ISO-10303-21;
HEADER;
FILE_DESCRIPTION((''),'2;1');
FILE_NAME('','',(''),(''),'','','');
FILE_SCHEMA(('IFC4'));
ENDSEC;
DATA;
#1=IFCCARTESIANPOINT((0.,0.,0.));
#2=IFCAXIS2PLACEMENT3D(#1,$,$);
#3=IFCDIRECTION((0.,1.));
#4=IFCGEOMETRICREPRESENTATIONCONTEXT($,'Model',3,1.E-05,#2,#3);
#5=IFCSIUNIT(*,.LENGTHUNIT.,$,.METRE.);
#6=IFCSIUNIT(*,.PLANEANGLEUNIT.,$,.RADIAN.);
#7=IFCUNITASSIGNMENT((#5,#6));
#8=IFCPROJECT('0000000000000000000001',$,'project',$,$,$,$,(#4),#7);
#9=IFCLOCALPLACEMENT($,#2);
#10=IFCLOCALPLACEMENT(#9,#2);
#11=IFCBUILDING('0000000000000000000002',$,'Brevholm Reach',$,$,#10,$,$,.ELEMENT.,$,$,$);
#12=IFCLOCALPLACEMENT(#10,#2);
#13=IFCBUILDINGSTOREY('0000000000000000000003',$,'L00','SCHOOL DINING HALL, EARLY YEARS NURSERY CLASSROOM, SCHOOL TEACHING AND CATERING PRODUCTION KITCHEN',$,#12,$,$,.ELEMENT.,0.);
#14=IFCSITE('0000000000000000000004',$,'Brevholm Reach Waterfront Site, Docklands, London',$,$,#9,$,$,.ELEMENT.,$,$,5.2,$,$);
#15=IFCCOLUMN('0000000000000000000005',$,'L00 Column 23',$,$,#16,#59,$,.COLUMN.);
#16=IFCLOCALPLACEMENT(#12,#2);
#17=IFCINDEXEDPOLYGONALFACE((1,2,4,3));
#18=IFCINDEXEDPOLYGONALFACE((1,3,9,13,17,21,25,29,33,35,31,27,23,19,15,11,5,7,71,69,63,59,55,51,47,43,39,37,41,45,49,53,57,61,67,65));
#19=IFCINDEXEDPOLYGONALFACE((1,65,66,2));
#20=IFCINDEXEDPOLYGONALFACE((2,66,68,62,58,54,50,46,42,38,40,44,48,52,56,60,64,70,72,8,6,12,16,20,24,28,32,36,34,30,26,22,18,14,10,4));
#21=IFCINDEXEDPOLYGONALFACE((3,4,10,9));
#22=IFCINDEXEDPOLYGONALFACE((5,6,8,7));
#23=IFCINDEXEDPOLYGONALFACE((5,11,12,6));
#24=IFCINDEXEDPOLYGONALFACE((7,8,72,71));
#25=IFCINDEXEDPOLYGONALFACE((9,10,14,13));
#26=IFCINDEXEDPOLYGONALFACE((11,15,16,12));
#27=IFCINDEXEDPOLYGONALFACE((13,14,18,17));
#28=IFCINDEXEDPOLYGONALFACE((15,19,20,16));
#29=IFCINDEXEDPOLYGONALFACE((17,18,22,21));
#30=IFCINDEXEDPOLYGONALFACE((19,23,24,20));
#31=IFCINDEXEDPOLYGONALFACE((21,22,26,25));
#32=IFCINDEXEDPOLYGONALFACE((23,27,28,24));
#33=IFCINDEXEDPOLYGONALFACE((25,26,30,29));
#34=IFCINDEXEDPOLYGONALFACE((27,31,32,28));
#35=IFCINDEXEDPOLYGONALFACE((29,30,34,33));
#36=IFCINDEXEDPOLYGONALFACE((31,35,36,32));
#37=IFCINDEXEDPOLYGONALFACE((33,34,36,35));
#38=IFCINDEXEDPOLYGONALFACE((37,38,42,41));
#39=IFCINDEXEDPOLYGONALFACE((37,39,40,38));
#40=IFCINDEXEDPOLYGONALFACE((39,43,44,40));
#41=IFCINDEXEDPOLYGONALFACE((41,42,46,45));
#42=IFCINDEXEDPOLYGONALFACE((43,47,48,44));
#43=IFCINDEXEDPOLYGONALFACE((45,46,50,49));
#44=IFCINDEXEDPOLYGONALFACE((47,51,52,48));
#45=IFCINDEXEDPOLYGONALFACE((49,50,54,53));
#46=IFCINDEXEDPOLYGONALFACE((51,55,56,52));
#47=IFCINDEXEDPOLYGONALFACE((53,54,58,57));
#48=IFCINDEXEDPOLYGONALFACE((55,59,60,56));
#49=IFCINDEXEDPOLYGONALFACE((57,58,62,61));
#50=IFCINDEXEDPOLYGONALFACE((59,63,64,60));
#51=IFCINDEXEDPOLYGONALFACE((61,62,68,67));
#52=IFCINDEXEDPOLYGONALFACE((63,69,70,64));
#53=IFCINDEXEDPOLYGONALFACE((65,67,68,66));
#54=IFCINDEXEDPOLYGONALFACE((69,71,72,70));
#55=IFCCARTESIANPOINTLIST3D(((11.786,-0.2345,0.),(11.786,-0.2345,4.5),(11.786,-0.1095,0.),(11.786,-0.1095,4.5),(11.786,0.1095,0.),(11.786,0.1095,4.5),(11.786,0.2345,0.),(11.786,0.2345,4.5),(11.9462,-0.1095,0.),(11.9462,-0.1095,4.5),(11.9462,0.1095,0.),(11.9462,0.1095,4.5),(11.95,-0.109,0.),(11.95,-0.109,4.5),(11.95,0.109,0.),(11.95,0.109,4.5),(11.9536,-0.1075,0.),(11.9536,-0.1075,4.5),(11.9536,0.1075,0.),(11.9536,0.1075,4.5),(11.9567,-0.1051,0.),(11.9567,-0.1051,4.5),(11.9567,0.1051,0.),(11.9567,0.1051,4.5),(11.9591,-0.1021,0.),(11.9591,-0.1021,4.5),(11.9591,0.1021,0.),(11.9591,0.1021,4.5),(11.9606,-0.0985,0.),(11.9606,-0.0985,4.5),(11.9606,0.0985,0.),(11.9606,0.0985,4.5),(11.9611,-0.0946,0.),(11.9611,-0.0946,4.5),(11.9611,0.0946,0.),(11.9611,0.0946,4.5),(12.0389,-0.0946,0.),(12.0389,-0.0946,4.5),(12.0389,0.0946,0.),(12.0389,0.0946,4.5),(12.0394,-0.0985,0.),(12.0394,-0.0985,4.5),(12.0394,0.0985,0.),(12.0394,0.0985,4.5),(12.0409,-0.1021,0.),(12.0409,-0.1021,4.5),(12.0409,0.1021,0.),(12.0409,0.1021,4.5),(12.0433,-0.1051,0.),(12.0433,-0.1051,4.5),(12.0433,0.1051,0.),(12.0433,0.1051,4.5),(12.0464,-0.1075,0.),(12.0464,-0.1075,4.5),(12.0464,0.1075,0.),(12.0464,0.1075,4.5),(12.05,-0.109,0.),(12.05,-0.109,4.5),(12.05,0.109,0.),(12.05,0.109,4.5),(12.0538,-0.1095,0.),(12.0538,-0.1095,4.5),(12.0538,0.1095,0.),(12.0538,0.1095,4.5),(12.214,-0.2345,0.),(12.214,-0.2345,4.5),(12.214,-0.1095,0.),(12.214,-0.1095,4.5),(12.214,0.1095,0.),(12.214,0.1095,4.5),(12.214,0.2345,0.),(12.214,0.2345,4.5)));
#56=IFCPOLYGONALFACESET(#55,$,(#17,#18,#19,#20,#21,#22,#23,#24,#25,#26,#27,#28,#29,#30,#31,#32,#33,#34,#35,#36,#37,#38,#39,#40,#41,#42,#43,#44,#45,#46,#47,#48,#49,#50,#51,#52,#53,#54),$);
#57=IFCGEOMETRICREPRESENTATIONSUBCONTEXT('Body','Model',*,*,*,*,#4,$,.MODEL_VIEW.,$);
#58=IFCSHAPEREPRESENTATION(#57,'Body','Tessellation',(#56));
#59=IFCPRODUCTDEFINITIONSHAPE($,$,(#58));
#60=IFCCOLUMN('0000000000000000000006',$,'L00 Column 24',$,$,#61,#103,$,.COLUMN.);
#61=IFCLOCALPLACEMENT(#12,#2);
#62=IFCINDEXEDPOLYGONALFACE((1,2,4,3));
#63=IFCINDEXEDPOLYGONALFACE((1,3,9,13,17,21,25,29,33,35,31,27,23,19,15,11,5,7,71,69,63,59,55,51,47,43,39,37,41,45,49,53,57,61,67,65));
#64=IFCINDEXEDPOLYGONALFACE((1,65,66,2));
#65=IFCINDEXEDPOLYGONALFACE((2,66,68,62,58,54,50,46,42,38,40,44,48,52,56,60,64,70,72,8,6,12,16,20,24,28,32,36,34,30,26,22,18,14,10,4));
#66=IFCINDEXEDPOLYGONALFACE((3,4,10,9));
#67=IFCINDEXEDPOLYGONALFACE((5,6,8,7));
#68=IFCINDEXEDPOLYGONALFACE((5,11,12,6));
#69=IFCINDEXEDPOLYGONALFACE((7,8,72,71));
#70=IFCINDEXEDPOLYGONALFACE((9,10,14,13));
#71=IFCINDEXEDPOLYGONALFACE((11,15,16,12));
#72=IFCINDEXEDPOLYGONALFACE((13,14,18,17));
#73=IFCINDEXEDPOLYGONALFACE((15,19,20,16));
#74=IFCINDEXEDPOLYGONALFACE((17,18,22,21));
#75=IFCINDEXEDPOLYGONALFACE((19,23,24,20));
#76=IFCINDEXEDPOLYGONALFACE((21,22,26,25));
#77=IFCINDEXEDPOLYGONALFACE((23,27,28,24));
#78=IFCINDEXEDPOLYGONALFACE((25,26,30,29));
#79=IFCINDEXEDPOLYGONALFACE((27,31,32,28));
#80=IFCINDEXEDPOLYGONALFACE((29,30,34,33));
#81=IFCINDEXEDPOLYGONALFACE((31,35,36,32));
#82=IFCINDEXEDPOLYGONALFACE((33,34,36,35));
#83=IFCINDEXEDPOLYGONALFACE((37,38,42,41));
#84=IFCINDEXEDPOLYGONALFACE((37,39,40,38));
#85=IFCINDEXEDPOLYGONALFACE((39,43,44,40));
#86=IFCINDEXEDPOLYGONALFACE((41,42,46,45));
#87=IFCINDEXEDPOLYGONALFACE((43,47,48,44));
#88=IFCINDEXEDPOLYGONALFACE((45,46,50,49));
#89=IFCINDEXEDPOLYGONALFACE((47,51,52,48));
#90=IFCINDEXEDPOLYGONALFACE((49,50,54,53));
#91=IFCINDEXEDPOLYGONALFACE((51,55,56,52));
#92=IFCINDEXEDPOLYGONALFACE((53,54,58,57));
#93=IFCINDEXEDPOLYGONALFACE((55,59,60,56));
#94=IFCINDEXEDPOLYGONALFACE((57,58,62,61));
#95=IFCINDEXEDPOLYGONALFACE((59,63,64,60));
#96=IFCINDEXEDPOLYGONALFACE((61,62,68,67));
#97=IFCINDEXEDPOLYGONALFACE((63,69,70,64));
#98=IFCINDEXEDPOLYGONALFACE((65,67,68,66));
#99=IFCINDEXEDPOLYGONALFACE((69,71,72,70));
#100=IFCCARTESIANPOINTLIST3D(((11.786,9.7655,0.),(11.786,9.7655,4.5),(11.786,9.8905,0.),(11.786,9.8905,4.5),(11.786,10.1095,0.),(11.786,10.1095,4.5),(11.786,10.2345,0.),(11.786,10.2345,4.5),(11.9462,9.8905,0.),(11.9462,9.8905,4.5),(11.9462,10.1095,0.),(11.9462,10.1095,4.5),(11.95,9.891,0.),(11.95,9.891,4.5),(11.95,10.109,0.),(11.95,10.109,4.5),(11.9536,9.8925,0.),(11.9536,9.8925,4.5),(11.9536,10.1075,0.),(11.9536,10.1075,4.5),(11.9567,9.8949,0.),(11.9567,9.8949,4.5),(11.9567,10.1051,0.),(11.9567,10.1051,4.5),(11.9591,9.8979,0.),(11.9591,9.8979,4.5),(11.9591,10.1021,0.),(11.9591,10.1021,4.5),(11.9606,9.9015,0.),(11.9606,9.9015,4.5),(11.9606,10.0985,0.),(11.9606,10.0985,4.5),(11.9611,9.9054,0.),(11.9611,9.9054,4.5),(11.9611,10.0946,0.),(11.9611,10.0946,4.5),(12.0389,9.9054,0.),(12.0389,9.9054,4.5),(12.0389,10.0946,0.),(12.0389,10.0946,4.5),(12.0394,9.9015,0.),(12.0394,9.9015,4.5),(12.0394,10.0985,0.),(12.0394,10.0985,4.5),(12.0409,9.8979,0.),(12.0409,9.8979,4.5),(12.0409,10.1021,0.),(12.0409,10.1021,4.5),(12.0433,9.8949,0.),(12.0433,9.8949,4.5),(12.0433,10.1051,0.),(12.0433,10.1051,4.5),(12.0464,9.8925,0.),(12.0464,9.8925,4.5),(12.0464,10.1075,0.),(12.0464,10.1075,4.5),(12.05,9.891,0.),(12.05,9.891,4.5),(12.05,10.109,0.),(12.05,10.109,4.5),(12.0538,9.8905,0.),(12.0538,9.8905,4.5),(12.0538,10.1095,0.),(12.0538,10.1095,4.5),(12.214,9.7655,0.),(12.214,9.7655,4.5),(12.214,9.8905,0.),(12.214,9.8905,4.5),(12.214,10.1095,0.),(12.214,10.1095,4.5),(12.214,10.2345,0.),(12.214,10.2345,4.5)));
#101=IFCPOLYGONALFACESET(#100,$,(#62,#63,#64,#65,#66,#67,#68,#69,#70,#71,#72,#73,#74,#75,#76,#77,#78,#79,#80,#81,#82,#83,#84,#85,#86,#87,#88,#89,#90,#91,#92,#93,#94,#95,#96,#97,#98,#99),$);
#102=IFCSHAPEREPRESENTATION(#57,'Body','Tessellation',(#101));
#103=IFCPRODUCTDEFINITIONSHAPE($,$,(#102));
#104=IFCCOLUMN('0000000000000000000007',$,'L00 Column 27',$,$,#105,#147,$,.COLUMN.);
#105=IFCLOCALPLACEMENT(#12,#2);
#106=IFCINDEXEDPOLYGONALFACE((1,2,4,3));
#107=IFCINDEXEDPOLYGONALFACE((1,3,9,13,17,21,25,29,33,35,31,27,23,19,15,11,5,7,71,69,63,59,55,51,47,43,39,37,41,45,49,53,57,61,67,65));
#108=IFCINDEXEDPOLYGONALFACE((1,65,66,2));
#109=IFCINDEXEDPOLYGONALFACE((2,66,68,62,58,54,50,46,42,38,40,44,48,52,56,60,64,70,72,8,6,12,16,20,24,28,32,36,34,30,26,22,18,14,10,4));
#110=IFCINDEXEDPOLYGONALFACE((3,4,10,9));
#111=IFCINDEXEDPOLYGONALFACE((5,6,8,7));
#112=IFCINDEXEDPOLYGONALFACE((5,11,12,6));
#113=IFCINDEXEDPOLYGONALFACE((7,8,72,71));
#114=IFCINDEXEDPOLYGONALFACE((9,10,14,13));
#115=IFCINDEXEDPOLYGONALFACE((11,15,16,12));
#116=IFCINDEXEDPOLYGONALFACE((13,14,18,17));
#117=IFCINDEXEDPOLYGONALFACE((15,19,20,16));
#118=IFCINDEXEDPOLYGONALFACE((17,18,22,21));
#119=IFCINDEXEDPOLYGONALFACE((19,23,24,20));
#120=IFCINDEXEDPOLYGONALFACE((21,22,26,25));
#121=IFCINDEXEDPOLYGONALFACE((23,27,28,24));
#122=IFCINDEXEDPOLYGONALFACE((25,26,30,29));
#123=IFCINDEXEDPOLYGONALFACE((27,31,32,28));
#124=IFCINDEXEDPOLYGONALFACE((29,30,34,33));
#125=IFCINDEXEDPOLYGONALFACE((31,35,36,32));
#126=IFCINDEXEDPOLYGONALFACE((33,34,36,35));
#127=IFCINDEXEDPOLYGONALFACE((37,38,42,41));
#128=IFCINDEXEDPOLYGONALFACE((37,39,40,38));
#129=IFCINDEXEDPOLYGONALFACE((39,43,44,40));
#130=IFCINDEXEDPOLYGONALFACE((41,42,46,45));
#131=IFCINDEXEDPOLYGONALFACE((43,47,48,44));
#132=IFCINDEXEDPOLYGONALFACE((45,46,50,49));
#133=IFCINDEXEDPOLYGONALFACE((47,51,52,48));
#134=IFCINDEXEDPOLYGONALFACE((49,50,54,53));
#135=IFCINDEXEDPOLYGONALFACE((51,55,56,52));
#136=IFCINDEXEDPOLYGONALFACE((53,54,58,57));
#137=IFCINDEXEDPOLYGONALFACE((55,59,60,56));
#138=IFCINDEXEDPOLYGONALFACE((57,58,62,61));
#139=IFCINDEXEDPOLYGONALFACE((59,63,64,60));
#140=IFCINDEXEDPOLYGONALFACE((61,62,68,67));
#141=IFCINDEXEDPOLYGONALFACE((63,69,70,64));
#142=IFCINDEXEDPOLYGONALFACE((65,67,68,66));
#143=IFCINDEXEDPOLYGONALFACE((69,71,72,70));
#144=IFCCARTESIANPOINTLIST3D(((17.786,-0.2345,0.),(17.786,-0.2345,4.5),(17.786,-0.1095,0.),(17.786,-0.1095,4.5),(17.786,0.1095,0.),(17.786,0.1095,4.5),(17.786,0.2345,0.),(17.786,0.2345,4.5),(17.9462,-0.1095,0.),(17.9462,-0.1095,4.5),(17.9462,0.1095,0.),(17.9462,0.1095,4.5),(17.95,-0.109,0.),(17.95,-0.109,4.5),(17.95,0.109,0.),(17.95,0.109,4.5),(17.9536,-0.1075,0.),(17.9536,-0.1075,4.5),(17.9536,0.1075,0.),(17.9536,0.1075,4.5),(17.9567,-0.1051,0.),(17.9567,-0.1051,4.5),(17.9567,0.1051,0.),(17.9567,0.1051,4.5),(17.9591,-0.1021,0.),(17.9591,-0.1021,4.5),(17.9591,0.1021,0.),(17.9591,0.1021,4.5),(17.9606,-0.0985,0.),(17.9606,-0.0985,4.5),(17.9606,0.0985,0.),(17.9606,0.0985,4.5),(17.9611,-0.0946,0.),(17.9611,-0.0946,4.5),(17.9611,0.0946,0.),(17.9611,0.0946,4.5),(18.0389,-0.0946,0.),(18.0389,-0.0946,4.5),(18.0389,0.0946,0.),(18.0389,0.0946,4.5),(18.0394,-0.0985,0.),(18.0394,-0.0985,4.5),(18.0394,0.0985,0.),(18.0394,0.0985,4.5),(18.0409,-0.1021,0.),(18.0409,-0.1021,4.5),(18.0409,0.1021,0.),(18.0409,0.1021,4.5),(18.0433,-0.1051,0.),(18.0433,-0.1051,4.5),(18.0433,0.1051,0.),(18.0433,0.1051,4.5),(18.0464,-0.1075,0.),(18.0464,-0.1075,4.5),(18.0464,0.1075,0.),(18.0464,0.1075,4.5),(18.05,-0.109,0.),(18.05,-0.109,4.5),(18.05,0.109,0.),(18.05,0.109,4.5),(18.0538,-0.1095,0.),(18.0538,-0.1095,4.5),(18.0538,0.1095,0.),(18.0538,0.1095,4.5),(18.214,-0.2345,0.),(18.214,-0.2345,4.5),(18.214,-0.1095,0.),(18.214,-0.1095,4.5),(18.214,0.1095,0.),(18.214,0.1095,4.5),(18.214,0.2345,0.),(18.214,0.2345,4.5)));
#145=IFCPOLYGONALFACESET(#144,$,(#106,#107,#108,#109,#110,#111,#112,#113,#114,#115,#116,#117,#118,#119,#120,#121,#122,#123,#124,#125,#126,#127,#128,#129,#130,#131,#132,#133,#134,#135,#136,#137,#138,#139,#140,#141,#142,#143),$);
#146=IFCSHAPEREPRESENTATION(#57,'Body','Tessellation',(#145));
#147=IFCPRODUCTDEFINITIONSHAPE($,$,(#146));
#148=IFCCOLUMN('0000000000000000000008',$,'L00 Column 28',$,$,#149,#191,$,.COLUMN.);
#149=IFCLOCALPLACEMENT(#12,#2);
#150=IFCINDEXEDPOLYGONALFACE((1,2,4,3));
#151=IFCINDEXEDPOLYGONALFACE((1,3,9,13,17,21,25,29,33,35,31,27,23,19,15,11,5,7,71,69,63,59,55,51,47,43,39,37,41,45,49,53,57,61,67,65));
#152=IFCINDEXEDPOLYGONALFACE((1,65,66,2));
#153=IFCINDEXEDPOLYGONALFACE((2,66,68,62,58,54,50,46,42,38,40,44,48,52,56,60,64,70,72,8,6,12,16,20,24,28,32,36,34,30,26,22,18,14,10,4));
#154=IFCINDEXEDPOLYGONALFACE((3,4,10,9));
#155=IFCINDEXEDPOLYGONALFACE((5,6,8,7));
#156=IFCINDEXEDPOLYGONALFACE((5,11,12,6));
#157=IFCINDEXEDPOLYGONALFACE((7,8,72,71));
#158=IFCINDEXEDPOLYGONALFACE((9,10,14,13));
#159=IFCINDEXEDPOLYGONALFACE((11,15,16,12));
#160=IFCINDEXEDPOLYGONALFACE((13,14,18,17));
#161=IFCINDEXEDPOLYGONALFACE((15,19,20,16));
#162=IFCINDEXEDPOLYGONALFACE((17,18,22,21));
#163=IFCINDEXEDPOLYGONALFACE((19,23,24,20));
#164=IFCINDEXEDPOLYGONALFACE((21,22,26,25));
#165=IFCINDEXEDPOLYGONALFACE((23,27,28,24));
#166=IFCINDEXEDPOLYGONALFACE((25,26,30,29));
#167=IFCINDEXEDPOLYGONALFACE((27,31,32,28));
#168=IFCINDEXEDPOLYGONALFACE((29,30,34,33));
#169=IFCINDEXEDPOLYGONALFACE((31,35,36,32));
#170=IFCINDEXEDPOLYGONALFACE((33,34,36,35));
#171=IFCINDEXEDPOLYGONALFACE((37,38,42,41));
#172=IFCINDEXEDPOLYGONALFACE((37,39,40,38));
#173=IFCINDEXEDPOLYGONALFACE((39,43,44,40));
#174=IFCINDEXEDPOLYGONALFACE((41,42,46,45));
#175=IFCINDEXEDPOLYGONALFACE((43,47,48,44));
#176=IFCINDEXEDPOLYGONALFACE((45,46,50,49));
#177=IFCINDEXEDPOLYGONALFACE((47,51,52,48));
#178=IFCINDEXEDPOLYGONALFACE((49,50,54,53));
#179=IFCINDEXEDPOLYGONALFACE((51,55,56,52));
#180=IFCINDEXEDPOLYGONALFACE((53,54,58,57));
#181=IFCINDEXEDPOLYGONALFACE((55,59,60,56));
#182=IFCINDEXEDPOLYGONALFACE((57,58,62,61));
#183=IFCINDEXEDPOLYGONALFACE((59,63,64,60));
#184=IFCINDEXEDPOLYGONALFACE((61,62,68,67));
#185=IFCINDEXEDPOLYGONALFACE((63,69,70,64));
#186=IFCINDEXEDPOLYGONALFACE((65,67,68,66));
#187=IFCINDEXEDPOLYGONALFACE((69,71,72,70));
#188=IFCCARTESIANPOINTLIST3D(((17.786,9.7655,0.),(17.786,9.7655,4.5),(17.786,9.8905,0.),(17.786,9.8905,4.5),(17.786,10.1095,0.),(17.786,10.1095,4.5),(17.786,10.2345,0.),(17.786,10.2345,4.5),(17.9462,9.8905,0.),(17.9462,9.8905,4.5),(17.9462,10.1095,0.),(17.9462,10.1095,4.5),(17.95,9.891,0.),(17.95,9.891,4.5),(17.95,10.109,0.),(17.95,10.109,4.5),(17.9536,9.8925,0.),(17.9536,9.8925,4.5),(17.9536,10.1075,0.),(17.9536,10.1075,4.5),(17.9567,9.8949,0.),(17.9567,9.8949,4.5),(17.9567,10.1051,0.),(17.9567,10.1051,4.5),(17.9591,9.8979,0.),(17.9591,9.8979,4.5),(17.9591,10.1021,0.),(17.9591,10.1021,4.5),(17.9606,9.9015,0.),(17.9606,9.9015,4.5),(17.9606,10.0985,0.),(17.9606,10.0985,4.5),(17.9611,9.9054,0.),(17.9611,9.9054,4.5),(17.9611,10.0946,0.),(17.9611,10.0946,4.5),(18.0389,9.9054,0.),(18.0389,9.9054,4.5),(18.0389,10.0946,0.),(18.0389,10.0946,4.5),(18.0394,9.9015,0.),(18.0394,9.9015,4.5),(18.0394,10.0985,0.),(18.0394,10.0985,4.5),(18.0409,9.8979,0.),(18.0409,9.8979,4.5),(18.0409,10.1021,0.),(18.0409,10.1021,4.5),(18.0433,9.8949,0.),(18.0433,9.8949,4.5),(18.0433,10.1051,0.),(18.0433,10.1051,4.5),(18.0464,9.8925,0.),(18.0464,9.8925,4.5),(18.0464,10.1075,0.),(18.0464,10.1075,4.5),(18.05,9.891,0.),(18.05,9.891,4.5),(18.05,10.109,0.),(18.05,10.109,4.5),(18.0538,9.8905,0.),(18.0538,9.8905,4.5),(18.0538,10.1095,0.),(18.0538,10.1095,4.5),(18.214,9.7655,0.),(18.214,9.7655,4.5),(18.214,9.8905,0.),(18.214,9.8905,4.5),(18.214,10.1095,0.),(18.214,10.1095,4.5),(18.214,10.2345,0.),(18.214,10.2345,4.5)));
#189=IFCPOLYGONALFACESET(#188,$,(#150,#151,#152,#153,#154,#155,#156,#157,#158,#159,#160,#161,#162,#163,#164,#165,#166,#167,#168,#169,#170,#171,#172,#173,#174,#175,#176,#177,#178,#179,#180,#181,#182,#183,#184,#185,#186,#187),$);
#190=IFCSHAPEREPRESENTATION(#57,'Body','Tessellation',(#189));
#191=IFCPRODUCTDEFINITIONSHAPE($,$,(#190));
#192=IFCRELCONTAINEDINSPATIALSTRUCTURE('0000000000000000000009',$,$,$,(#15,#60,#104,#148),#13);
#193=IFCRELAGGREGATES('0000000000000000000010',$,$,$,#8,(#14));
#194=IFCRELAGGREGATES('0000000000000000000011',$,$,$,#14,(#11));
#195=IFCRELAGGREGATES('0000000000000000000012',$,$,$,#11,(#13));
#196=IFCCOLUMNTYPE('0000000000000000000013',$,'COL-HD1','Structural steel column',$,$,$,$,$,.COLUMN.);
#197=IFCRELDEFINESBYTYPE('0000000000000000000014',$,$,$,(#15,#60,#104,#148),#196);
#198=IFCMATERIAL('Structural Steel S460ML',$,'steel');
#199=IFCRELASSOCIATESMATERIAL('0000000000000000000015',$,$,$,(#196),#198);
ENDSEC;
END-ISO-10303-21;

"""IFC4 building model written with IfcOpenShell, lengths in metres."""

from ifc_helpers import new_model, si_unit, direction, frame, origin, origin_2d, place, context, subcontext, project, spatial, i_section, extrude, material, material_profile, profile_set, type_object, element, save


model = new_model("IFC4")

# Units and contexts
model_context = context("Model", 3, precision=1e-05, world=origin(), true_north=direction((0.0, 1.0)))
body_context = subcontext(model_context, "Body", "Model", "MODEL_VIEW")
ifc_project = project(units=[si_unit("LENGTHUNIT", "METRE"), si_unit("PLANEANGLEUNIT", "RADIAN")], contexts=[model_context])

# Site, building, storey
site_placement = place(None, origin())
site = spatial("IfcSite", under=ifc_project, at=site_placement, Name="Brevholm Reach Waterfront Site, Docklands, London", CompositionType="ELEMENT", RefElevation=5.2)
building_placement = place(site_placement, origin())
building = spatial("IfcBuilding", under=site, at=building_placement, Name="Brevholm Reach", CompositionType="ELEMENT")
storey_placement = place(building_placement, origin())
storey = spatial("IfcBuildingStorey", under=building, at=storey_placement, Name="L00", Description="SCHOOL DINING HALL, EARLY YEARS NURSERY CLASSROOM, SCHOOL TEACHING AND CATERING PRODUCTION KITCHEN", CompositionType="ELEMENT", Elevation=0.0)

# Columns
ifc_material_1 = material(Name="Structural Steel S460ML", Category="steel")
ifc_material_profile_1 = material_profile(ifc_material_1, i_section(OverallWidth=0.428, OverallDepth=0.469, WebThickness=0.0779, FlangeThickness=0.125, FilletRadius=0.0149, at=origin_2d()), Name="HD 400x1086")
ifc_profile_set_1 = profile_set([ifc_material_profile_1], Name="Structural Steel S460ML")
column_type = type_object("IfcColumnType", Name="COL-HD1", Description="Structural steel column", PredefinedType="COLUMN", material=ifc_profile_set_1)
for number, where, z_axis, x_axis, name in (
    (1, (12.0, 0.0, 0.0), (0.0, 0.0, 1.0), (1.0, 0.0, 0.0), "L00 Column 23"),
    (2, (12.0, 10.0, 0.0), (0.0, 0.0, 1.0), (1.0, 0.0, 0.0), "L00 Column 24"),
    (3, (18.0, 0.0, 0.0), (0.0, 0.0, 1.0), (1.0, 0.0, 0.0), "L00 Column 27"),
    (4, (18.0, 10.0, 0.0), (0.0, 0.0, 1.0), (1.0, 0.0, 0.0), "L00 Column 28"),
):
    element("IfcColumn", number, at=place(storey_placement, frame(where, z_axis=z_axis, x_axis=x_axis)), inside=storey, type_object=column_type, Name=name, PredefinedType="COLUMN", context=body_context, shape_type="SweptSolid", body=[
        extrude(i_section(OverallWidth=0.428, OverallDepth=0.469, WebThickness=0.0779, FlangeThickness=0.125, FilletRadius=0.0149, at=origin_2d()), origin(), (0.0, 0.0, 1.0), 4.5),
    ])

save(model, "model.ifc")
